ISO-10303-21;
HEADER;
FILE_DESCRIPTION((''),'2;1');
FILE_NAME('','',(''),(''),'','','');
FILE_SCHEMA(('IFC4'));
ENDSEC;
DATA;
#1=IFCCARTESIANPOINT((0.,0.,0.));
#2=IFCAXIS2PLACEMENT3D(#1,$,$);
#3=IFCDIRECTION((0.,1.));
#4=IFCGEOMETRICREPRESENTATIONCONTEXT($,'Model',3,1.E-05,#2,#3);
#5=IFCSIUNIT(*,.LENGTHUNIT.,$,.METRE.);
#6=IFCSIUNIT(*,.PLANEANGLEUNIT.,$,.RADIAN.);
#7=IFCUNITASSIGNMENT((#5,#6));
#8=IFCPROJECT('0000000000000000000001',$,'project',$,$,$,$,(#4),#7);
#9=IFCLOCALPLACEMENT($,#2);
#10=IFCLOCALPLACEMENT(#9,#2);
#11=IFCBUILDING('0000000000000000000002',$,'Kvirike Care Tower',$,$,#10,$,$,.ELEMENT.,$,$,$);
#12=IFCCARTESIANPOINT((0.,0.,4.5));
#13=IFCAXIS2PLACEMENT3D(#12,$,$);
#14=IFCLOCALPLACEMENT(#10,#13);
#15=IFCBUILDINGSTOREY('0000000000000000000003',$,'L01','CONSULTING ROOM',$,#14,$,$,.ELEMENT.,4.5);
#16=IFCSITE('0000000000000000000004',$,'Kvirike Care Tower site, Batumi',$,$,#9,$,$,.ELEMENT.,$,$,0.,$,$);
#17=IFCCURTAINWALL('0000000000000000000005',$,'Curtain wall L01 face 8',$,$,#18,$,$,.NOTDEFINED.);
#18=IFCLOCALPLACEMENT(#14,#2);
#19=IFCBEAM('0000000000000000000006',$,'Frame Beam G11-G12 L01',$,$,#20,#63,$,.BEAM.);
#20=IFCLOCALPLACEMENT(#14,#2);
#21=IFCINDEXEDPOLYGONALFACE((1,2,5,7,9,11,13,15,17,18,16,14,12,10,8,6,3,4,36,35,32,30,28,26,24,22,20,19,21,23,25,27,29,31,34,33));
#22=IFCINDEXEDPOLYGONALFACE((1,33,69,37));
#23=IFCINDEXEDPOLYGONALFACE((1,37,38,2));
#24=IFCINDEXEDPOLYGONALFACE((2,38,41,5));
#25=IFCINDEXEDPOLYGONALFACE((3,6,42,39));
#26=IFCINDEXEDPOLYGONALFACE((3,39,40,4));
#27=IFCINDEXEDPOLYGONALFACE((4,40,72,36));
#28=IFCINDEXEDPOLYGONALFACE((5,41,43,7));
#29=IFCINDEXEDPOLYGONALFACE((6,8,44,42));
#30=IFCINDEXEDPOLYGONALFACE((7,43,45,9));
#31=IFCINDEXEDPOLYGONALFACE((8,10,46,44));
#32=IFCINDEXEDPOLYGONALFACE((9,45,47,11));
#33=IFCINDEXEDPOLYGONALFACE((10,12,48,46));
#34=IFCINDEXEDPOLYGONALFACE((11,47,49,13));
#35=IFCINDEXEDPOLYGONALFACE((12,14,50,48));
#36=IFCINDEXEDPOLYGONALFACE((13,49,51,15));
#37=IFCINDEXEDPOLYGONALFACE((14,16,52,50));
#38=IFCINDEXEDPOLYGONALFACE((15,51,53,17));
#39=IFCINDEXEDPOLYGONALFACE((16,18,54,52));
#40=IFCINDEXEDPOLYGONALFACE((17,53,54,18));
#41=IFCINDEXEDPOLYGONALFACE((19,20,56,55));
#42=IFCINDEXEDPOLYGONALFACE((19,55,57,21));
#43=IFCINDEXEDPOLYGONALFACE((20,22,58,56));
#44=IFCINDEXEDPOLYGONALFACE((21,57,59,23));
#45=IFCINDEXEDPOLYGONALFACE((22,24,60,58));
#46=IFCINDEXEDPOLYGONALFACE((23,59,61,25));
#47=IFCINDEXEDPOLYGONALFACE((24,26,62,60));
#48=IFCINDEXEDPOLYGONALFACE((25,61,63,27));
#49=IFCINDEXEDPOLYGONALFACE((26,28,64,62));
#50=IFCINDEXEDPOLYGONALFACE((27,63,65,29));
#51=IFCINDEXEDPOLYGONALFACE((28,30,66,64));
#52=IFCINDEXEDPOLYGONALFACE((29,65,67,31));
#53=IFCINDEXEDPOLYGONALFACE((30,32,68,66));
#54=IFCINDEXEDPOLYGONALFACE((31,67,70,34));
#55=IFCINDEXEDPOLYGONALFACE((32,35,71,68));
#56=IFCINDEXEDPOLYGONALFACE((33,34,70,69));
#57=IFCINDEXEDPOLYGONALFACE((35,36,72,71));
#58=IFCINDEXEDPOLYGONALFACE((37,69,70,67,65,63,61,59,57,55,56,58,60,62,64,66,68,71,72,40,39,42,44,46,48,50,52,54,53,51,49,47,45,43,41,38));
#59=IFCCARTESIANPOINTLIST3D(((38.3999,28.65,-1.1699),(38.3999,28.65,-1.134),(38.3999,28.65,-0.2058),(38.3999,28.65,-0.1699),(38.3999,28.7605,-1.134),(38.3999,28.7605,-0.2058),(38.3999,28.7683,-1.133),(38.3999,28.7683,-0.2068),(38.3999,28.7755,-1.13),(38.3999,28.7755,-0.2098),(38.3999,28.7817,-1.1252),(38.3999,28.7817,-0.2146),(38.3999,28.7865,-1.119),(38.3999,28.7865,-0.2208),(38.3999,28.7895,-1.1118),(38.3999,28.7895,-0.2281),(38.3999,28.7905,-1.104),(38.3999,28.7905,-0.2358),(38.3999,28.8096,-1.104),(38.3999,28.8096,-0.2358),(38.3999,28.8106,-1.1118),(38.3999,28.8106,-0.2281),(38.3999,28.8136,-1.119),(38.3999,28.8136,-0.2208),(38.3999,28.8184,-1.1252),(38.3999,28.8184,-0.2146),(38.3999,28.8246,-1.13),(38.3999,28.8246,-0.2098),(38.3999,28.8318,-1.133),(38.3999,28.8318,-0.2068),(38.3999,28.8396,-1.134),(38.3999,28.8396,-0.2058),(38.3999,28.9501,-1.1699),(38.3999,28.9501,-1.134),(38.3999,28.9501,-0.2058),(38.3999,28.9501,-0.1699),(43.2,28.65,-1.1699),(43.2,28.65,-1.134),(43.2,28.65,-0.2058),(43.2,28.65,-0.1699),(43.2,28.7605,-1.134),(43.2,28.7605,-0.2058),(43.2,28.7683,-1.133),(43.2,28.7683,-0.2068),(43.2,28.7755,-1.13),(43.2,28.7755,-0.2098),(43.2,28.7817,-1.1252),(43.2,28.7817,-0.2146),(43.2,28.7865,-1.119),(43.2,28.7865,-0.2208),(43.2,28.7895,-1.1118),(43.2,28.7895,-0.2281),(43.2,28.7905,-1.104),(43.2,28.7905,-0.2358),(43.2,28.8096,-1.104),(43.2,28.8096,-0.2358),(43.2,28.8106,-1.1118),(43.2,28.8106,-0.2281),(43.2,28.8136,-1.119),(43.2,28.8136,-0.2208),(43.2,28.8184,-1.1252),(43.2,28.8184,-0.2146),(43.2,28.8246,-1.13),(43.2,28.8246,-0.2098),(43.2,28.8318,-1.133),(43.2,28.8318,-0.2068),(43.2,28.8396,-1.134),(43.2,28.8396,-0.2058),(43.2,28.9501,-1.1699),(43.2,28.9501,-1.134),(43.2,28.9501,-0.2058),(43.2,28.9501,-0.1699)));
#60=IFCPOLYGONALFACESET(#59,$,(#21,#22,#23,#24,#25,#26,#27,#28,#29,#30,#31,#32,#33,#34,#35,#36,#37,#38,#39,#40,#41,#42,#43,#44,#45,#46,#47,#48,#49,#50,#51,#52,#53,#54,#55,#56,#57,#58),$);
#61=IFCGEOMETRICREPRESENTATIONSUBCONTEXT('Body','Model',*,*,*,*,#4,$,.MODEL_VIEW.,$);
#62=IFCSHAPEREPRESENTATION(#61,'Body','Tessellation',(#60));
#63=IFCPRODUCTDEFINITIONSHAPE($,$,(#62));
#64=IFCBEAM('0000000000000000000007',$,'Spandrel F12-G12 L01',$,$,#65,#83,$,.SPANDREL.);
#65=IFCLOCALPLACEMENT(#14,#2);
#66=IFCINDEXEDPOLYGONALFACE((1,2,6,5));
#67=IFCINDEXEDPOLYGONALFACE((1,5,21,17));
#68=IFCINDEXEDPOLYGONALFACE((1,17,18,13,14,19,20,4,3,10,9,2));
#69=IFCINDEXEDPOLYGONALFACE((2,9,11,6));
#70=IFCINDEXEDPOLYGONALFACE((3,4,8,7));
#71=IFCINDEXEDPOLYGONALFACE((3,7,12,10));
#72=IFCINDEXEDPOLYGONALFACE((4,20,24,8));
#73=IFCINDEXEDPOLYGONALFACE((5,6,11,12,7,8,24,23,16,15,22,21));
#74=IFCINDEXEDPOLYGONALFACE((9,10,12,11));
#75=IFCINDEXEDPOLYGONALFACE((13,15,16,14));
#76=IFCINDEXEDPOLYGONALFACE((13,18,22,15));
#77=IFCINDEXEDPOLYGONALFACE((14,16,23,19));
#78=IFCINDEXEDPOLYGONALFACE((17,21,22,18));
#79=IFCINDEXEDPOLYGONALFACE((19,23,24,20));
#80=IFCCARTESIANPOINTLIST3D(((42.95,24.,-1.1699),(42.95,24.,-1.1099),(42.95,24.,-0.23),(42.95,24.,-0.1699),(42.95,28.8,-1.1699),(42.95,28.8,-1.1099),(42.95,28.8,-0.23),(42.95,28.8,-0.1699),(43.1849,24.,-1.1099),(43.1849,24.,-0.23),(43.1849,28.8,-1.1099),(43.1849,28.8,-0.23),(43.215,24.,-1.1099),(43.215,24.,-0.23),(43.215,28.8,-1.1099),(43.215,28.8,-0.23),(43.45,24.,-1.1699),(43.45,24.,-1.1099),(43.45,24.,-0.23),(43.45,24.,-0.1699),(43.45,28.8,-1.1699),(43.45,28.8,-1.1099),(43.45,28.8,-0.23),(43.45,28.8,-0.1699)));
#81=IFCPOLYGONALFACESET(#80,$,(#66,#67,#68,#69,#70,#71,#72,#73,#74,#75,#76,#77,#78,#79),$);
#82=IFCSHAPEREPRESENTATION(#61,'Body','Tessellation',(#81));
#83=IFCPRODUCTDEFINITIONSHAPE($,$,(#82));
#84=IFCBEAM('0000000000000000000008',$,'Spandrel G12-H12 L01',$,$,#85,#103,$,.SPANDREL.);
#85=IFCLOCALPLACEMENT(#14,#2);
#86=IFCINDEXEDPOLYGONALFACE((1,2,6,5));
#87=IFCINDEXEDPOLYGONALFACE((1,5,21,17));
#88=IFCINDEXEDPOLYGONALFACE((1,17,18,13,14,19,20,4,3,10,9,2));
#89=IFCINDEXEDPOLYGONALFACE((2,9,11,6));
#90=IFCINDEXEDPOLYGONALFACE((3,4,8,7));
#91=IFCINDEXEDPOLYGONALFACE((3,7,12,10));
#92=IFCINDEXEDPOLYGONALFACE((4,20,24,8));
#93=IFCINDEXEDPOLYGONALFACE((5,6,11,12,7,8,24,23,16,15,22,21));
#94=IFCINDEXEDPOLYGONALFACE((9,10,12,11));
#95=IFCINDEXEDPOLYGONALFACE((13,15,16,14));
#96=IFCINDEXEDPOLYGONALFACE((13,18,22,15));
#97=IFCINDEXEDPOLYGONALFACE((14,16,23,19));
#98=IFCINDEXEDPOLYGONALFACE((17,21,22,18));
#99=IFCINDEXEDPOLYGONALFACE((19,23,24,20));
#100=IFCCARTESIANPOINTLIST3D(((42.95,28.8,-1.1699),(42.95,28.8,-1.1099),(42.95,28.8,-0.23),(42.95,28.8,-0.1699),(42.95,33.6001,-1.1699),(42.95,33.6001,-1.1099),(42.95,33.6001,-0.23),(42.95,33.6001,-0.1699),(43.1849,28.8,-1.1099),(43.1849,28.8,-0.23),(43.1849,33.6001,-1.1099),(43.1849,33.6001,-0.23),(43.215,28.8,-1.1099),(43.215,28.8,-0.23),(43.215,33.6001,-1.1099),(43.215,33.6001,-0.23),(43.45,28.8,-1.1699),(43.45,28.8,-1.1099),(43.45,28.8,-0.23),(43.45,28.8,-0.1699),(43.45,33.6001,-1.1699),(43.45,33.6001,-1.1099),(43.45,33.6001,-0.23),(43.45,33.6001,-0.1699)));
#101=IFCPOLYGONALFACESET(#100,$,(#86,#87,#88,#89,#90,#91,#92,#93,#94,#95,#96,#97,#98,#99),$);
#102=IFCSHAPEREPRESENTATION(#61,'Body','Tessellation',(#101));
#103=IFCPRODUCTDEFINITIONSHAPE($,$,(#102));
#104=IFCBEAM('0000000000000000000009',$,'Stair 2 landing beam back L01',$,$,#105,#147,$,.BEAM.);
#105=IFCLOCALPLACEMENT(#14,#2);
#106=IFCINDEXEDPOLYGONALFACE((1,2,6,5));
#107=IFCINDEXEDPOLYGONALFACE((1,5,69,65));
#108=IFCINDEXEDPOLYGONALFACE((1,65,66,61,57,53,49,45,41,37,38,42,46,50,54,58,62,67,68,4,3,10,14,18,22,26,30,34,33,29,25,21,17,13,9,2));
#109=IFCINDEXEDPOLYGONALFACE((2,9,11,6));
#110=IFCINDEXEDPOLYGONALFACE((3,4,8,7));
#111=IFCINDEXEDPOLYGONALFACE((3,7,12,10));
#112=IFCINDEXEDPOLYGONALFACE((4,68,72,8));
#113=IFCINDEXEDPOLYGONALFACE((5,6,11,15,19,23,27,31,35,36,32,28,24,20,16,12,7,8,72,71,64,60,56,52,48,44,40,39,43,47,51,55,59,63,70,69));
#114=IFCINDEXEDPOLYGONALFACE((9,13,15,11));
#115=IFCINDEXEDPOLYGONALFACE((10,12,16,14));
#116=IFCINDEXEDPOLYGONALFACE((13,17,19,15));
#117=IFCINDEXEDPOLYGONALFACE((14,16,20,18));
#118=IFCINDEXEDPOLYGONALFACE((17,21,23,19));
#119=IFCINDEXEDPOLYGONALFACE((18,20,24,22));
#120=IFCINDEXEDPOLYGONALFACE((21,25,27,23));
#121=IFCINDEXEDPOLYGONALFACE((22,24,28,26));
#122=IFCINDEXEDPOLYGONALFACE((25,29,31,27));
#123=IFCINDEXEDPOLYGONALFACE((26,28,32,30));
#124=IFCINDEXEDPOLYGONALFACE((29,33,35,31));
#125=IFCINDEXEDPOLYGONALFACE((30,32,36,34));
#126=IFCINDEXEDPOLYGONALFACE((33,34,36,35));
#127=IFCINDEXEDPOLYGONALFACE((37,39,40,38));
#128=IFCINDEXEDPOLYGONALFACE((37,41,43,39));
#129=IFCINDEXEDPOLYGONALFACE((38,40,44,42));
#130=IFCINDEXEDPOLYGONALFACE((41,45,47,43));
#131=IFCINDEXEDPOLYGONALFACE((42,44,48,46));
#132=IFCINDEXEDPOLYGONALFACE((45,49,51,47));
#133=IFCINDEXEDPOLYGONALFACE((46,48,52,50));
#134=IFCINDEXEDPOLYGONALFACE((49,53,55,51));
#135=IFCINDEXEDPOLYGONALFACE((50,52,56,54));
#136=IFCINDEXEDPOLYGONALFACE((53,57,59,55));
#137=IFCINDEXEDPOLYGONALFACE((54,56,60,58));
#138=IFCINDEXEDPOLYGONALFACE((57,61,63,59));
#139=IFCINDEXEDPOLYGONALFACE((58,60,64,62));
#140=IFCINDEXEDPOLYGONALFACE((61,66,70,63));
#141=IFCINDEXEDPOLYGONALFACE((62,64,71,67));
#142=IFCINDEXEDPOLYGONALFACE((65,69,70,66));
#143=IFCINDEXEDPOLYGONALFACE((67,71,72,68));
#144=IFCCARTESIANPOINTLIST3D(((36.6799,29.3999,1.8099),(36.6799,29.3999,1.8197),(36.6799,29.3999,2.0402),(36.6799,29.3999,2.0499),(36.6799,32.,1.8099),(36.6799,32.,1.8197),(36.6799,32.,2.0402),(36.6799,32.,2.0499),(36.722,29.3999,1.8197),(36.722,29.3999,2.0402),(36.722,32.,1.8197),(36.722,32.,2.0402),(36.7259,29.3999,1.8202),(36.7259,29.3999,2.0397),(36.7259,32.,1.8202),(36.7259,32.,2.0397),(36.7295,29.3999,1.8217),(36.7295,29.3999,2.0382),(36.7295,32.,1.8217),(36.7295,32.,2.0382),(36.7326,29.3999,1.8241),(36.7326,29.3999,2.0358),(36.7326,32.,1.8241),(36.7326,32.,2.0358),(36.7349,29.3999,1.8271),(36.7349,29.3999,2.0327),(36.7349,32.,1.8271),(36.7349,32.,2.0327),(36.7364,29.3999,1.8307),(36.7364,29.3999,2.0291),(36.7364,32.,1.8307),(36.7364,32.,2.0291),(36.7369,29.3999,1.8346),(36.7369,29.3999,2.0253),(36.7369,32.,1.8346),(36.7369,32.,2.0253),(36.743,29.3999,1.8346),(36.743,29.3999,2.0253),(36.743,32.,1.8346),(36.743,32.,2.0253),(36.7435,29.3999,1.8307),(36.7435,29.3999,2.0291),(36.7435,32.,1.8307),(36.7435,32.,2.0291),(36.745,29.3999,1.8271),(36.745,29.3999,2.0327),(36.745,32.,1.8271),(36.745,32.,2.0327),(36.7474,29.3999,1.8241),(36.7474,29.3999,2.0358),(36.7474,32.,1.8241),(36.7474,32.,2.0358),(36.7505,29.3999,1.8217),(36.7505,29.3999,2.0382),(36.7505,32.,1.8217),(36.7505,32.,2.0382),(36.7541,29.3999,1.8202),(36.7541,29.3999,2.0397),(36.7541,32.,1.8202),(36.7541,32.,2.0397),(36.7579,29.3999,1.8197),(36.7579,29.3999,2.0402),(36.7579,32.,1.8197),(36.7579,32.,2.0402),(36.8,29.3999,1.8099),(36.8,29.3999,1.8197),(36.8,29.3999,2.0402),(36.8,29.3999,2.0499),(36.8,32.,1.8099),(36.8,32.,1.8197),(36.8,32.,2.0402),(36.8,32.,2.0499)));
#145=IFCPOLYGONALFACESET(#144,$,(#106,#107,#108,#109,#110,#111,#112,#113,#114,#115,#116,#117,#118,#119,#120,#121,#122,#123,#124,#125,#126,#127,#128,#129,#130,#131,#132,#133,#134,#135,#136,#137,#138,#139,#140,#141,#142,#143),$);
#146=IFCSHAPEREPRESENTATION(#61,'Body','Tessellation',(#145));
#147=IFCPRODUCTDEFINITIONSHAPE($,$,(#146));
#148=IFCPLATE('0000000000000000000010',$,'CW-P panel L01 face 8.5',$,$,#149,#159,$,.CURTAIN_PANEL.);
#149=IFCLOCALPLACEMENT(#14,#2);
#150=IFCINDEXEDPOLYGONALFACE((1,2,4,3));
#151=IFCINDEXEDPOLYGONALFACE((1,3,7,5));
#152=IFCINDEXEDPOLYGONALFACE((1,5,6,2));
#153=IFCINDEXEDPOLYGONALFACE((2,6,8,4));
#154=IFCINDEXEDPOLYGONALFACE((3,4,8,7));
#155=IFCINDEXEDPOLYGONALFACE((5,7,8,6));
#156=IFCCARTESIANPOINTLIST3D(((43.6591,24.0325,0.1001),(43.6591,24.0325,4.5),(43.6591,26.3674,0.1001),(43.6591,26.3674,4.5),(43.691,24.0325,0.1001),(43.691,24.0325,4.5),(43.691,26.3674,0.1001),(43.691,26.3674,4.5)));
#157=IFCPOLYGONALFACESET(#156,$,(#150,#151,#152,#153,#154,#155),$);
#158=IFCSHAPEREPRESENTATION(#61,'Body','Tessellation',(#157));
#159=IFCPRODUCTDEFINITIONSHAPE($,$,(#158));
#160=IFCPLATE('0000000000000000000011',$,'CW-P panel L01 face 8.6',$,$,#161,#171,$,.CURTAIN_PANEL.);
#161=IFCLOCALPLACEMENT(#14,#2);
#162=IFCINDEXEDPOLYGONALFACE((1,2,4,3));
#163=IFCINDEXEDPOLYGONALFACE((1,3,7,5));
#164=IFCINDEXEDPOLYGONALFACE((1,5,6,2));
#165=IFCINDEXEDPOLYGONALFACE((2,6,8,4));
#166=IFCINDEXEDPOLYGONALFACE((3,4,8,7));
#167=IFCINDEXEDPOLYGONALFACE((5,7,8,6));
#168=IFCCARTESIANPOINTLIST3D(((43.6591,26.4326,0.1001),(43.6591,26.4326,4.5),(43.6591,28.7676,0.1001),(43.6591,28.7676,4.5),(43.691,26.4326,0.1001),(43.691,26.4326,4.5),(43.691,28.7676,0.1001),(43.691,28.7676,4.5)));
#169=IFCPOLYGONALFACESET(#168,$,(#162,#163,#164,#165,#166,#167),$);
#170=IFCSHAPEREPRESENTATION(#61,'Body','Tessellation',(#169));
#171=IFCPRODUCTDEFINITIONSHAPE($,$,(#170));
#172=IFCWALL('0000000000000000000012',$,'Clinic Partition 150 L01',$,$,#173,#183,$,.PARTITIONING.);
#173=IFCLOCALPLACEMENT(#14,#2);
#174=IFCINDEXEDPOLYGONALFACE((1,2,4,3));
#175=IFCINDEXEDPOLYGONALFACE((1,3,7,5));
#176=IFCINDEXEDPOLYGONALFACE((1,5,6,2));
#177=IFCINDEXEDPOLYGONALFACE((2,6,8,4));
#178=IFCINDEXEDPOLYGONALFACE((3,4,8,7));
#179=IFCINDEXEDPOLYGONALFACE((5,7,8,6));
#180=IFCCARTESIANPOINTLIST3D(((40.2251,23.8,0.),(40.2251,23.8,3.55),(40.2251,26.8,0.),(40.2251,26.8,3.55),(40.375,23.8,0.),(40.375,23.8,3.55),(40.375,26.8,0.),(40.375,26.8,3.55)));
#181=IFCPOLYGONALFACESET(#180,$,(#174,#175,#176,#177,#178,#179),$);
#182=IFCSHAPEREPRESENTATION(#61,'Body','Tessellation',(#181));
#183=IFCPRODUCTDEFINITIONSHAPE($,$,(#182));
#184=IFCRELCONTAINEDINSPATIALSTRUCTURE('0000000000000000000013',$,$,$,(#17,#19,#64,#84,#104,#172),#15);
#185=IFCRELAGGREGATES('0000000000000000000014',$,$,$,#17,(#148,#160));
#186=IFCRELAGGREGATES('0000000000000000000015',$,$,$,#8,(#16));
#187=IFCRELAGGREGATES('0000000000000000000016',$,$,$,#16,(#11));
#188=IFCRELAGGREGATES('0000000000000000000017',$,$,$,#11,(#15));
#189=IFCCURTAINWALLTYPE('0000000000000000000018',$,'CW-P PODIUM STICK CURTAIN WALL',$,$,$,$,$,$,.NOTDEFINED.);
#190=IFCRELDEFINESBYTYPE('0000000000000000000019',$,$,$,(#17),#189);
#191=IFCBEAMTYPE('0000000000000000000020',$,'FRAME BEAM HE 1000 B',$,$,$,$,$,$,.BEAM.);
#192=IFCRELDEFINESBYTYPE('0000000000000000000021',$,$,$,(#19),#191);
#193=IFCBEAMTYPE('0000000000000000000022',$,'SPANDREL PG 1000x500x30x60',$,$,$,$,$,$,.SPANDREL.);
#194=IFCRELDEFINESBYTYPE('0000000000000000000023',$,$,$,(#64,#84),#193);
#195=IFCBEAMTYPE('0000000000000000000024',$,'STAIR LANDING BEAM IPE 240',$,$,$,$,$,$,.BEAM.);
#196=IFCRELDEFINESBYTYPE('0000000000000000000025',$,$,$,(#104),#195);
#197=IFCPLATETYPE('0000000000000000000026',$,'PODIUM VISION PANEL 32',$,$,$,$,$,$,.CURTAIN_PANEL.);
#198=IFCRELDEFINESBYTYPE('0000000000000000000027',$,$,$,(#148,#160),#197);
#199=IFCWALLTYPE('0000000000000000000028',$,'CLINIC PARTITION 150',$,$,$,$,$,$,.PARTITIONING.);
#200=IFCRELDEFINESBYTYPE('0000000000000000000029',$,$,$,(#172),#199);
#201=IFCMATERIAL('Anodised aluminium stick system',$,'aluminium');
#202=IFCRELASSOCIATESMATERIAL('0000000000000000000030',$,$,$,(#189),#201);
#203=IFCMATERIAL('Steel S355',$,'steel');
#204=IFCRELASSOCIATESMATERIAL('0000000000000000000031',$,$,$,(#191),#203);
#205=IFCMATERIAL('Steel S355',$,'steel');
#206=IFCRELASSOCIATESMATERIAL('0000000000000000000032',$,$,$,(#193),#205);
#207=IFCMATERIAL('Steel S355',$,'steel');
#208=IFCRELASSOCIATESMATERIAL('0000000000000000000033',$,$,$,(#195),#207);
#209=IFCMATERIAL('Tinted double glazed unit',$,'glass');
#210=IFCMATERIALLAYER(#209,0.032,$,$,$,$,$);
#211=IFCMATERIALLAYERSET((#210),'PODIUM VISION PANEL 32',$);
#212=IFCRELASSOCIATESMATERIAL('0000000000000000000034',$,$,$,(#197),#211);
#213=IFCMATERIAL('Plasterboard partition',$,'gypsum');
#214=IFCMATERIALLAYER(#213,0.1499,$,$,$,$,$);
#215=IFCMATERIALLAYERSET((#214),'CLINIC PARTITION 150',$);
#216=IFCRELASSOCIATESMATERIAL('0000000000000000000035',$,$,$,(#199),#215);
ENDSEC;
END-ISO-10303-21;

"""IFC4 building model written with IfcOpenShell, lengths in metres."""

from ifc_helpers import new_model, si_unit, direction, frame, frame_2d, origin, origin_2d, place, context, subcontext, project, spatial, rectangle, i_section, extrude, material, layer, layer_set, material_profile, profile_set, type_object, element, aggregate, save


model = new_model("IFC4")

# Units and contexts
model_context = context("Model", 3, precision=1e-05, world=origin(), true_north=direction((0.0, 1.0)))
body_context = subcontext(model_context, "Body", "Model", "MODEL_VIEW")
ifc_project = project(units=[si_unit("LENGTHUNIT", "METRE"), si_unit("PLANEANGLEUNIT", "RADIAN")], contexts=[model_context])

# Site, building, storey
site_placement = place(None, origin())
site = spatial("IfcSite", under=ifc_project, at=site_placement, Name="Kvirike Care Tower site, Batumi", CompositionType="ELEMENT", RefElevation=0.0)
building_placement = place(site_placement, origin())
building = spatial("IfcBuilding", under=site, at=building_placement, Name="Kvirike Care Tower", CompositionType="ELEMENT")
storey_placement = place(building_placement, frame((0.0, 0.0, 4.5)))
storey = spatial("IfcBuildingStorey", under=building, at=storey_placement, Name="L01", Description="CONSULTING ROOM", CompositionType="ELEMENT", Elevation=4.5)

# Curtain wall
ifc_material_1 = material(Name="Anodised aluminium stick system", Category="aluminium")
curtain_wall_type = type_object("IfcCurtainWallType", Name="CW-P PODIUM STICK CURTAIN WALL", PredefinedType="NOTDEFINED", material=ifc_material_1)
curtain_wall_placement = place(storey_placement, origin())
curtain_wall = element("IfcCurtainWall", 1, at=curtain_wall_placement, inside=storey, type_object=curtain_wall_type, Name="Curtain wall L01 face 8", PredefinedType="NOTDEFINED")

# Beams
ifc_material_2 = material(Name="Steel S355", Category="steel")
ifc_material_profile_1 = material_profile(ifc_material_2, i_section(OverallWidth=0.3, OverallDepth=1.0, WebThickness=0.019, FlangeThickness=0.0359, FilletRadius=0.03, at=origin_2d()), Name="HE 1000 B")
ifc_profile_set_1 = profile_set([ifc_material_profile_1], Name="Steel S355")
beam_type_1 = type_object("IfcBeamType", Name="FRAME BEAM HE 1000 B", PredefinedType="BEAM", material=ifc_profile_set_1)
beam_1_placement = place(storey_placement, frame((38.3999, 28.8, -0.6699), z_axis=(1.0, 0.0, 0.0), x_axis=(0.0, 1.0, 0.0)))
element("IfcBeam", 2, at=beam_1_placement, inside=storey, type_object=beam_type_1, Name="Frame Beam G11-G12 L01", PredefinedType="BEAM", context=body_context, shape_type="SweptSolid", body=[
    extrude(i_section(OverallWidth=0.3, OverallDepth=1.0, WebThickness=0.019, FlangeThickness=0.0359, FilletRadius=0.03, at=origin_2d()), origin(), (0.0, 0.0, 1.0), 4.8),
])
ifc_material_3 = material(Name="Steel S355", Category="steel")
ifc_material_profile_2 = material_profile(ifc_material_3, i_section(OverallWidth=0.5, OverallDepth=1.0, WebThickness=0.03, FlangeThickness=0.0601, at=origin_2d()), Name="PG 1000x500x30x60")
ifc_profile_set_2 = profile_set([ifc_material_profile_2], Name="Steel S355")
beam_type_2 = type_object("IfcBeamType", Name="SPANDREL PG 1000x500x30x60", PredefinedType="SPANDREL", material=ifc_profile_set_2)
for number, where, z_axis, x_axis, name in (
    (3, (43.2, 24.0, -0.6699), (0.0, 1.0, 0.0), (-1.0, 0.0, 0.0), "Spandrel F12-G12 L01"),
    (4, (43.2, 28.8, -0.6699), (0.0, 1.0, 0.0), (-1.0, 0.0, 0.0), "Spandrel G12-H12 L01"),
):
    element("IfcBeam", number, at=place(storey_placement, frame(where, z_axis=z_axis, x_axis=x_axis)), inside=storey, type_object=beam_type_2, Name=name, PredefinedType="SPANDREL", context=body_context, shape_type="SweptSolid", body=[
        extrude(i_section(OverallWidth=0.5, OverallDepth=1.0, WebThickness=0.03, FlangeThickness=0.0601, at=origin_2d()), origin(), (0.0, 0.0, 1.0), 4.8),
    ])
ifc_material_4 = material(Name="Steel S355", Category="steel")
ifc_material_profile_3 = material_profile(ifc_material_4, i_section(OverallWidth=0.1201, OverallDepth=0.24, WebThickness=0.0061, FlangeThickness=0.0098, FilletRadius=0.0149, at=origin_2d()), Name="IPE 240")
ifc_profile_set_3 = profile_set([ifc_material_profile_3], Name="Steel S355")
beam_type_3 = type_object("IfcBeamType", Name="STAIR LANDING BEAM IPE 240", PredefinedType="BEAM", material=ifc_profile_set_3)
beam_2_placement = place(storey_placement, frame((36.74, 29.3999, 1.9299), z_axis=(0.0, 1.0, 0.0), x_axis=(-1.0, 0.0, 0.0)))
element("IfcBeam", 5, at=beam_2_placement, inside=storey, type_object=beam_type_3, Name="Stair 2 landing beam back L01", PredefinedType="BEAM", context=body_context, shape_type="SweptSolid", body=[
    extrude(i_section(OverallWidth=0.1201, OverallDepth=0.24, WebThickness=0.0061, FlangeThickness=0.0098, FilletRadius=0.0149, at=origin_2d()), origin(), (0.0, 0.0, 1.0), 2.6001),
])

# Plates
ifc_material_5 = material(Name="Tinted double glazed unit", Category="glass")
ifc_layer_1 = layer(ifc_material_5, 0.032)
ifc_layer_set_1 = layer_set([ifc_layer_1], Name="PODIUM VISION PANEL 32")
plate_type = type_object("IfcPlateType", Name="PODIUM VISION PANEL 32", PredefinedType="CURTAIN_PANEL", material=ifc_layer_set_1)
plate_1_placement = place(storey_placement, frame((43.675, 25.2, 0.1001), z_axis=(0.0, 0.0, 1.0), x_axis=(0.0, 1.0, 0.0)))
plate_1 = element("IfcPlate", 6, at=plate_1_placement, type_object=plate_type, Name="CW-P panel L01 face 8.5", PredefinedType="CURTAIN_PANEL", context=body_context, shape_type="SweptSolid", body=[
    extrude(rectangle(XDim=2.335, YDim=0.032, at=origin_2d()), origin(), (0.0, 0.0, 1.0), 4.3999),
])
plate_2_placement = place(storey_placement, frame((43.675, 27.6001, 0.1001), z_axis=(0.0, 0.0, 1.0), x_axis=(0.0, 1.0, 0.0)))
plate_2 = element("IfcPlate", 7, at=plate_2_placement, type_object=plate_type, Name="CW-P panel L01 face 8.6", PredefinedType="CURTAIN_PANEL", context=body_context, shape_type="SweptSolid", body=[
    extrude(rectangle(XDim=2.335, YDim=0.032, at=origin_2d()), origin(), (0.0, 0.0, 1.0), 4.3999),
])
aggregate(curtain_wall, [plate_1, plate_2])

# Wall
ifc_material_6 = material(Name="Plasterboard partition", Category="gypsum")
ifc_layer_2 = layer(ifc_material_6, 0.1499)
ifc_layer_set_2 = layer_set([ifc_layer_2], Name="CLINIC PARTITION 150")
wall_type_1 = type_object("IfcWallType", Name="CLINIC PARTITION 150", PredefinedType="PARTITIONING", material=ifc_layer_set_2)
wall_1_placement = place(storey_placement, frame((40.3, 23.8, 0.0), z_axis=(0.0, 0.0, 1.0), x_axis=(0.0, 1.0, 0.0)))
element("IfcWall", 8, at=wall_1_placement, inside=storey, type_object=wall_type_1, Name="Clinic Partition 150 L01", PredefinedType="PARTITIONING", context=body_context, shape_type="SweptSolid", body=[
    extrude(rectangle(XDim=3.0, YDim=0.1499, at=frame_2d((1.5, 0.0))), origin(), (0.0, 0.0, 1.0), 3.55),
])

save(model, "model.ifc")
